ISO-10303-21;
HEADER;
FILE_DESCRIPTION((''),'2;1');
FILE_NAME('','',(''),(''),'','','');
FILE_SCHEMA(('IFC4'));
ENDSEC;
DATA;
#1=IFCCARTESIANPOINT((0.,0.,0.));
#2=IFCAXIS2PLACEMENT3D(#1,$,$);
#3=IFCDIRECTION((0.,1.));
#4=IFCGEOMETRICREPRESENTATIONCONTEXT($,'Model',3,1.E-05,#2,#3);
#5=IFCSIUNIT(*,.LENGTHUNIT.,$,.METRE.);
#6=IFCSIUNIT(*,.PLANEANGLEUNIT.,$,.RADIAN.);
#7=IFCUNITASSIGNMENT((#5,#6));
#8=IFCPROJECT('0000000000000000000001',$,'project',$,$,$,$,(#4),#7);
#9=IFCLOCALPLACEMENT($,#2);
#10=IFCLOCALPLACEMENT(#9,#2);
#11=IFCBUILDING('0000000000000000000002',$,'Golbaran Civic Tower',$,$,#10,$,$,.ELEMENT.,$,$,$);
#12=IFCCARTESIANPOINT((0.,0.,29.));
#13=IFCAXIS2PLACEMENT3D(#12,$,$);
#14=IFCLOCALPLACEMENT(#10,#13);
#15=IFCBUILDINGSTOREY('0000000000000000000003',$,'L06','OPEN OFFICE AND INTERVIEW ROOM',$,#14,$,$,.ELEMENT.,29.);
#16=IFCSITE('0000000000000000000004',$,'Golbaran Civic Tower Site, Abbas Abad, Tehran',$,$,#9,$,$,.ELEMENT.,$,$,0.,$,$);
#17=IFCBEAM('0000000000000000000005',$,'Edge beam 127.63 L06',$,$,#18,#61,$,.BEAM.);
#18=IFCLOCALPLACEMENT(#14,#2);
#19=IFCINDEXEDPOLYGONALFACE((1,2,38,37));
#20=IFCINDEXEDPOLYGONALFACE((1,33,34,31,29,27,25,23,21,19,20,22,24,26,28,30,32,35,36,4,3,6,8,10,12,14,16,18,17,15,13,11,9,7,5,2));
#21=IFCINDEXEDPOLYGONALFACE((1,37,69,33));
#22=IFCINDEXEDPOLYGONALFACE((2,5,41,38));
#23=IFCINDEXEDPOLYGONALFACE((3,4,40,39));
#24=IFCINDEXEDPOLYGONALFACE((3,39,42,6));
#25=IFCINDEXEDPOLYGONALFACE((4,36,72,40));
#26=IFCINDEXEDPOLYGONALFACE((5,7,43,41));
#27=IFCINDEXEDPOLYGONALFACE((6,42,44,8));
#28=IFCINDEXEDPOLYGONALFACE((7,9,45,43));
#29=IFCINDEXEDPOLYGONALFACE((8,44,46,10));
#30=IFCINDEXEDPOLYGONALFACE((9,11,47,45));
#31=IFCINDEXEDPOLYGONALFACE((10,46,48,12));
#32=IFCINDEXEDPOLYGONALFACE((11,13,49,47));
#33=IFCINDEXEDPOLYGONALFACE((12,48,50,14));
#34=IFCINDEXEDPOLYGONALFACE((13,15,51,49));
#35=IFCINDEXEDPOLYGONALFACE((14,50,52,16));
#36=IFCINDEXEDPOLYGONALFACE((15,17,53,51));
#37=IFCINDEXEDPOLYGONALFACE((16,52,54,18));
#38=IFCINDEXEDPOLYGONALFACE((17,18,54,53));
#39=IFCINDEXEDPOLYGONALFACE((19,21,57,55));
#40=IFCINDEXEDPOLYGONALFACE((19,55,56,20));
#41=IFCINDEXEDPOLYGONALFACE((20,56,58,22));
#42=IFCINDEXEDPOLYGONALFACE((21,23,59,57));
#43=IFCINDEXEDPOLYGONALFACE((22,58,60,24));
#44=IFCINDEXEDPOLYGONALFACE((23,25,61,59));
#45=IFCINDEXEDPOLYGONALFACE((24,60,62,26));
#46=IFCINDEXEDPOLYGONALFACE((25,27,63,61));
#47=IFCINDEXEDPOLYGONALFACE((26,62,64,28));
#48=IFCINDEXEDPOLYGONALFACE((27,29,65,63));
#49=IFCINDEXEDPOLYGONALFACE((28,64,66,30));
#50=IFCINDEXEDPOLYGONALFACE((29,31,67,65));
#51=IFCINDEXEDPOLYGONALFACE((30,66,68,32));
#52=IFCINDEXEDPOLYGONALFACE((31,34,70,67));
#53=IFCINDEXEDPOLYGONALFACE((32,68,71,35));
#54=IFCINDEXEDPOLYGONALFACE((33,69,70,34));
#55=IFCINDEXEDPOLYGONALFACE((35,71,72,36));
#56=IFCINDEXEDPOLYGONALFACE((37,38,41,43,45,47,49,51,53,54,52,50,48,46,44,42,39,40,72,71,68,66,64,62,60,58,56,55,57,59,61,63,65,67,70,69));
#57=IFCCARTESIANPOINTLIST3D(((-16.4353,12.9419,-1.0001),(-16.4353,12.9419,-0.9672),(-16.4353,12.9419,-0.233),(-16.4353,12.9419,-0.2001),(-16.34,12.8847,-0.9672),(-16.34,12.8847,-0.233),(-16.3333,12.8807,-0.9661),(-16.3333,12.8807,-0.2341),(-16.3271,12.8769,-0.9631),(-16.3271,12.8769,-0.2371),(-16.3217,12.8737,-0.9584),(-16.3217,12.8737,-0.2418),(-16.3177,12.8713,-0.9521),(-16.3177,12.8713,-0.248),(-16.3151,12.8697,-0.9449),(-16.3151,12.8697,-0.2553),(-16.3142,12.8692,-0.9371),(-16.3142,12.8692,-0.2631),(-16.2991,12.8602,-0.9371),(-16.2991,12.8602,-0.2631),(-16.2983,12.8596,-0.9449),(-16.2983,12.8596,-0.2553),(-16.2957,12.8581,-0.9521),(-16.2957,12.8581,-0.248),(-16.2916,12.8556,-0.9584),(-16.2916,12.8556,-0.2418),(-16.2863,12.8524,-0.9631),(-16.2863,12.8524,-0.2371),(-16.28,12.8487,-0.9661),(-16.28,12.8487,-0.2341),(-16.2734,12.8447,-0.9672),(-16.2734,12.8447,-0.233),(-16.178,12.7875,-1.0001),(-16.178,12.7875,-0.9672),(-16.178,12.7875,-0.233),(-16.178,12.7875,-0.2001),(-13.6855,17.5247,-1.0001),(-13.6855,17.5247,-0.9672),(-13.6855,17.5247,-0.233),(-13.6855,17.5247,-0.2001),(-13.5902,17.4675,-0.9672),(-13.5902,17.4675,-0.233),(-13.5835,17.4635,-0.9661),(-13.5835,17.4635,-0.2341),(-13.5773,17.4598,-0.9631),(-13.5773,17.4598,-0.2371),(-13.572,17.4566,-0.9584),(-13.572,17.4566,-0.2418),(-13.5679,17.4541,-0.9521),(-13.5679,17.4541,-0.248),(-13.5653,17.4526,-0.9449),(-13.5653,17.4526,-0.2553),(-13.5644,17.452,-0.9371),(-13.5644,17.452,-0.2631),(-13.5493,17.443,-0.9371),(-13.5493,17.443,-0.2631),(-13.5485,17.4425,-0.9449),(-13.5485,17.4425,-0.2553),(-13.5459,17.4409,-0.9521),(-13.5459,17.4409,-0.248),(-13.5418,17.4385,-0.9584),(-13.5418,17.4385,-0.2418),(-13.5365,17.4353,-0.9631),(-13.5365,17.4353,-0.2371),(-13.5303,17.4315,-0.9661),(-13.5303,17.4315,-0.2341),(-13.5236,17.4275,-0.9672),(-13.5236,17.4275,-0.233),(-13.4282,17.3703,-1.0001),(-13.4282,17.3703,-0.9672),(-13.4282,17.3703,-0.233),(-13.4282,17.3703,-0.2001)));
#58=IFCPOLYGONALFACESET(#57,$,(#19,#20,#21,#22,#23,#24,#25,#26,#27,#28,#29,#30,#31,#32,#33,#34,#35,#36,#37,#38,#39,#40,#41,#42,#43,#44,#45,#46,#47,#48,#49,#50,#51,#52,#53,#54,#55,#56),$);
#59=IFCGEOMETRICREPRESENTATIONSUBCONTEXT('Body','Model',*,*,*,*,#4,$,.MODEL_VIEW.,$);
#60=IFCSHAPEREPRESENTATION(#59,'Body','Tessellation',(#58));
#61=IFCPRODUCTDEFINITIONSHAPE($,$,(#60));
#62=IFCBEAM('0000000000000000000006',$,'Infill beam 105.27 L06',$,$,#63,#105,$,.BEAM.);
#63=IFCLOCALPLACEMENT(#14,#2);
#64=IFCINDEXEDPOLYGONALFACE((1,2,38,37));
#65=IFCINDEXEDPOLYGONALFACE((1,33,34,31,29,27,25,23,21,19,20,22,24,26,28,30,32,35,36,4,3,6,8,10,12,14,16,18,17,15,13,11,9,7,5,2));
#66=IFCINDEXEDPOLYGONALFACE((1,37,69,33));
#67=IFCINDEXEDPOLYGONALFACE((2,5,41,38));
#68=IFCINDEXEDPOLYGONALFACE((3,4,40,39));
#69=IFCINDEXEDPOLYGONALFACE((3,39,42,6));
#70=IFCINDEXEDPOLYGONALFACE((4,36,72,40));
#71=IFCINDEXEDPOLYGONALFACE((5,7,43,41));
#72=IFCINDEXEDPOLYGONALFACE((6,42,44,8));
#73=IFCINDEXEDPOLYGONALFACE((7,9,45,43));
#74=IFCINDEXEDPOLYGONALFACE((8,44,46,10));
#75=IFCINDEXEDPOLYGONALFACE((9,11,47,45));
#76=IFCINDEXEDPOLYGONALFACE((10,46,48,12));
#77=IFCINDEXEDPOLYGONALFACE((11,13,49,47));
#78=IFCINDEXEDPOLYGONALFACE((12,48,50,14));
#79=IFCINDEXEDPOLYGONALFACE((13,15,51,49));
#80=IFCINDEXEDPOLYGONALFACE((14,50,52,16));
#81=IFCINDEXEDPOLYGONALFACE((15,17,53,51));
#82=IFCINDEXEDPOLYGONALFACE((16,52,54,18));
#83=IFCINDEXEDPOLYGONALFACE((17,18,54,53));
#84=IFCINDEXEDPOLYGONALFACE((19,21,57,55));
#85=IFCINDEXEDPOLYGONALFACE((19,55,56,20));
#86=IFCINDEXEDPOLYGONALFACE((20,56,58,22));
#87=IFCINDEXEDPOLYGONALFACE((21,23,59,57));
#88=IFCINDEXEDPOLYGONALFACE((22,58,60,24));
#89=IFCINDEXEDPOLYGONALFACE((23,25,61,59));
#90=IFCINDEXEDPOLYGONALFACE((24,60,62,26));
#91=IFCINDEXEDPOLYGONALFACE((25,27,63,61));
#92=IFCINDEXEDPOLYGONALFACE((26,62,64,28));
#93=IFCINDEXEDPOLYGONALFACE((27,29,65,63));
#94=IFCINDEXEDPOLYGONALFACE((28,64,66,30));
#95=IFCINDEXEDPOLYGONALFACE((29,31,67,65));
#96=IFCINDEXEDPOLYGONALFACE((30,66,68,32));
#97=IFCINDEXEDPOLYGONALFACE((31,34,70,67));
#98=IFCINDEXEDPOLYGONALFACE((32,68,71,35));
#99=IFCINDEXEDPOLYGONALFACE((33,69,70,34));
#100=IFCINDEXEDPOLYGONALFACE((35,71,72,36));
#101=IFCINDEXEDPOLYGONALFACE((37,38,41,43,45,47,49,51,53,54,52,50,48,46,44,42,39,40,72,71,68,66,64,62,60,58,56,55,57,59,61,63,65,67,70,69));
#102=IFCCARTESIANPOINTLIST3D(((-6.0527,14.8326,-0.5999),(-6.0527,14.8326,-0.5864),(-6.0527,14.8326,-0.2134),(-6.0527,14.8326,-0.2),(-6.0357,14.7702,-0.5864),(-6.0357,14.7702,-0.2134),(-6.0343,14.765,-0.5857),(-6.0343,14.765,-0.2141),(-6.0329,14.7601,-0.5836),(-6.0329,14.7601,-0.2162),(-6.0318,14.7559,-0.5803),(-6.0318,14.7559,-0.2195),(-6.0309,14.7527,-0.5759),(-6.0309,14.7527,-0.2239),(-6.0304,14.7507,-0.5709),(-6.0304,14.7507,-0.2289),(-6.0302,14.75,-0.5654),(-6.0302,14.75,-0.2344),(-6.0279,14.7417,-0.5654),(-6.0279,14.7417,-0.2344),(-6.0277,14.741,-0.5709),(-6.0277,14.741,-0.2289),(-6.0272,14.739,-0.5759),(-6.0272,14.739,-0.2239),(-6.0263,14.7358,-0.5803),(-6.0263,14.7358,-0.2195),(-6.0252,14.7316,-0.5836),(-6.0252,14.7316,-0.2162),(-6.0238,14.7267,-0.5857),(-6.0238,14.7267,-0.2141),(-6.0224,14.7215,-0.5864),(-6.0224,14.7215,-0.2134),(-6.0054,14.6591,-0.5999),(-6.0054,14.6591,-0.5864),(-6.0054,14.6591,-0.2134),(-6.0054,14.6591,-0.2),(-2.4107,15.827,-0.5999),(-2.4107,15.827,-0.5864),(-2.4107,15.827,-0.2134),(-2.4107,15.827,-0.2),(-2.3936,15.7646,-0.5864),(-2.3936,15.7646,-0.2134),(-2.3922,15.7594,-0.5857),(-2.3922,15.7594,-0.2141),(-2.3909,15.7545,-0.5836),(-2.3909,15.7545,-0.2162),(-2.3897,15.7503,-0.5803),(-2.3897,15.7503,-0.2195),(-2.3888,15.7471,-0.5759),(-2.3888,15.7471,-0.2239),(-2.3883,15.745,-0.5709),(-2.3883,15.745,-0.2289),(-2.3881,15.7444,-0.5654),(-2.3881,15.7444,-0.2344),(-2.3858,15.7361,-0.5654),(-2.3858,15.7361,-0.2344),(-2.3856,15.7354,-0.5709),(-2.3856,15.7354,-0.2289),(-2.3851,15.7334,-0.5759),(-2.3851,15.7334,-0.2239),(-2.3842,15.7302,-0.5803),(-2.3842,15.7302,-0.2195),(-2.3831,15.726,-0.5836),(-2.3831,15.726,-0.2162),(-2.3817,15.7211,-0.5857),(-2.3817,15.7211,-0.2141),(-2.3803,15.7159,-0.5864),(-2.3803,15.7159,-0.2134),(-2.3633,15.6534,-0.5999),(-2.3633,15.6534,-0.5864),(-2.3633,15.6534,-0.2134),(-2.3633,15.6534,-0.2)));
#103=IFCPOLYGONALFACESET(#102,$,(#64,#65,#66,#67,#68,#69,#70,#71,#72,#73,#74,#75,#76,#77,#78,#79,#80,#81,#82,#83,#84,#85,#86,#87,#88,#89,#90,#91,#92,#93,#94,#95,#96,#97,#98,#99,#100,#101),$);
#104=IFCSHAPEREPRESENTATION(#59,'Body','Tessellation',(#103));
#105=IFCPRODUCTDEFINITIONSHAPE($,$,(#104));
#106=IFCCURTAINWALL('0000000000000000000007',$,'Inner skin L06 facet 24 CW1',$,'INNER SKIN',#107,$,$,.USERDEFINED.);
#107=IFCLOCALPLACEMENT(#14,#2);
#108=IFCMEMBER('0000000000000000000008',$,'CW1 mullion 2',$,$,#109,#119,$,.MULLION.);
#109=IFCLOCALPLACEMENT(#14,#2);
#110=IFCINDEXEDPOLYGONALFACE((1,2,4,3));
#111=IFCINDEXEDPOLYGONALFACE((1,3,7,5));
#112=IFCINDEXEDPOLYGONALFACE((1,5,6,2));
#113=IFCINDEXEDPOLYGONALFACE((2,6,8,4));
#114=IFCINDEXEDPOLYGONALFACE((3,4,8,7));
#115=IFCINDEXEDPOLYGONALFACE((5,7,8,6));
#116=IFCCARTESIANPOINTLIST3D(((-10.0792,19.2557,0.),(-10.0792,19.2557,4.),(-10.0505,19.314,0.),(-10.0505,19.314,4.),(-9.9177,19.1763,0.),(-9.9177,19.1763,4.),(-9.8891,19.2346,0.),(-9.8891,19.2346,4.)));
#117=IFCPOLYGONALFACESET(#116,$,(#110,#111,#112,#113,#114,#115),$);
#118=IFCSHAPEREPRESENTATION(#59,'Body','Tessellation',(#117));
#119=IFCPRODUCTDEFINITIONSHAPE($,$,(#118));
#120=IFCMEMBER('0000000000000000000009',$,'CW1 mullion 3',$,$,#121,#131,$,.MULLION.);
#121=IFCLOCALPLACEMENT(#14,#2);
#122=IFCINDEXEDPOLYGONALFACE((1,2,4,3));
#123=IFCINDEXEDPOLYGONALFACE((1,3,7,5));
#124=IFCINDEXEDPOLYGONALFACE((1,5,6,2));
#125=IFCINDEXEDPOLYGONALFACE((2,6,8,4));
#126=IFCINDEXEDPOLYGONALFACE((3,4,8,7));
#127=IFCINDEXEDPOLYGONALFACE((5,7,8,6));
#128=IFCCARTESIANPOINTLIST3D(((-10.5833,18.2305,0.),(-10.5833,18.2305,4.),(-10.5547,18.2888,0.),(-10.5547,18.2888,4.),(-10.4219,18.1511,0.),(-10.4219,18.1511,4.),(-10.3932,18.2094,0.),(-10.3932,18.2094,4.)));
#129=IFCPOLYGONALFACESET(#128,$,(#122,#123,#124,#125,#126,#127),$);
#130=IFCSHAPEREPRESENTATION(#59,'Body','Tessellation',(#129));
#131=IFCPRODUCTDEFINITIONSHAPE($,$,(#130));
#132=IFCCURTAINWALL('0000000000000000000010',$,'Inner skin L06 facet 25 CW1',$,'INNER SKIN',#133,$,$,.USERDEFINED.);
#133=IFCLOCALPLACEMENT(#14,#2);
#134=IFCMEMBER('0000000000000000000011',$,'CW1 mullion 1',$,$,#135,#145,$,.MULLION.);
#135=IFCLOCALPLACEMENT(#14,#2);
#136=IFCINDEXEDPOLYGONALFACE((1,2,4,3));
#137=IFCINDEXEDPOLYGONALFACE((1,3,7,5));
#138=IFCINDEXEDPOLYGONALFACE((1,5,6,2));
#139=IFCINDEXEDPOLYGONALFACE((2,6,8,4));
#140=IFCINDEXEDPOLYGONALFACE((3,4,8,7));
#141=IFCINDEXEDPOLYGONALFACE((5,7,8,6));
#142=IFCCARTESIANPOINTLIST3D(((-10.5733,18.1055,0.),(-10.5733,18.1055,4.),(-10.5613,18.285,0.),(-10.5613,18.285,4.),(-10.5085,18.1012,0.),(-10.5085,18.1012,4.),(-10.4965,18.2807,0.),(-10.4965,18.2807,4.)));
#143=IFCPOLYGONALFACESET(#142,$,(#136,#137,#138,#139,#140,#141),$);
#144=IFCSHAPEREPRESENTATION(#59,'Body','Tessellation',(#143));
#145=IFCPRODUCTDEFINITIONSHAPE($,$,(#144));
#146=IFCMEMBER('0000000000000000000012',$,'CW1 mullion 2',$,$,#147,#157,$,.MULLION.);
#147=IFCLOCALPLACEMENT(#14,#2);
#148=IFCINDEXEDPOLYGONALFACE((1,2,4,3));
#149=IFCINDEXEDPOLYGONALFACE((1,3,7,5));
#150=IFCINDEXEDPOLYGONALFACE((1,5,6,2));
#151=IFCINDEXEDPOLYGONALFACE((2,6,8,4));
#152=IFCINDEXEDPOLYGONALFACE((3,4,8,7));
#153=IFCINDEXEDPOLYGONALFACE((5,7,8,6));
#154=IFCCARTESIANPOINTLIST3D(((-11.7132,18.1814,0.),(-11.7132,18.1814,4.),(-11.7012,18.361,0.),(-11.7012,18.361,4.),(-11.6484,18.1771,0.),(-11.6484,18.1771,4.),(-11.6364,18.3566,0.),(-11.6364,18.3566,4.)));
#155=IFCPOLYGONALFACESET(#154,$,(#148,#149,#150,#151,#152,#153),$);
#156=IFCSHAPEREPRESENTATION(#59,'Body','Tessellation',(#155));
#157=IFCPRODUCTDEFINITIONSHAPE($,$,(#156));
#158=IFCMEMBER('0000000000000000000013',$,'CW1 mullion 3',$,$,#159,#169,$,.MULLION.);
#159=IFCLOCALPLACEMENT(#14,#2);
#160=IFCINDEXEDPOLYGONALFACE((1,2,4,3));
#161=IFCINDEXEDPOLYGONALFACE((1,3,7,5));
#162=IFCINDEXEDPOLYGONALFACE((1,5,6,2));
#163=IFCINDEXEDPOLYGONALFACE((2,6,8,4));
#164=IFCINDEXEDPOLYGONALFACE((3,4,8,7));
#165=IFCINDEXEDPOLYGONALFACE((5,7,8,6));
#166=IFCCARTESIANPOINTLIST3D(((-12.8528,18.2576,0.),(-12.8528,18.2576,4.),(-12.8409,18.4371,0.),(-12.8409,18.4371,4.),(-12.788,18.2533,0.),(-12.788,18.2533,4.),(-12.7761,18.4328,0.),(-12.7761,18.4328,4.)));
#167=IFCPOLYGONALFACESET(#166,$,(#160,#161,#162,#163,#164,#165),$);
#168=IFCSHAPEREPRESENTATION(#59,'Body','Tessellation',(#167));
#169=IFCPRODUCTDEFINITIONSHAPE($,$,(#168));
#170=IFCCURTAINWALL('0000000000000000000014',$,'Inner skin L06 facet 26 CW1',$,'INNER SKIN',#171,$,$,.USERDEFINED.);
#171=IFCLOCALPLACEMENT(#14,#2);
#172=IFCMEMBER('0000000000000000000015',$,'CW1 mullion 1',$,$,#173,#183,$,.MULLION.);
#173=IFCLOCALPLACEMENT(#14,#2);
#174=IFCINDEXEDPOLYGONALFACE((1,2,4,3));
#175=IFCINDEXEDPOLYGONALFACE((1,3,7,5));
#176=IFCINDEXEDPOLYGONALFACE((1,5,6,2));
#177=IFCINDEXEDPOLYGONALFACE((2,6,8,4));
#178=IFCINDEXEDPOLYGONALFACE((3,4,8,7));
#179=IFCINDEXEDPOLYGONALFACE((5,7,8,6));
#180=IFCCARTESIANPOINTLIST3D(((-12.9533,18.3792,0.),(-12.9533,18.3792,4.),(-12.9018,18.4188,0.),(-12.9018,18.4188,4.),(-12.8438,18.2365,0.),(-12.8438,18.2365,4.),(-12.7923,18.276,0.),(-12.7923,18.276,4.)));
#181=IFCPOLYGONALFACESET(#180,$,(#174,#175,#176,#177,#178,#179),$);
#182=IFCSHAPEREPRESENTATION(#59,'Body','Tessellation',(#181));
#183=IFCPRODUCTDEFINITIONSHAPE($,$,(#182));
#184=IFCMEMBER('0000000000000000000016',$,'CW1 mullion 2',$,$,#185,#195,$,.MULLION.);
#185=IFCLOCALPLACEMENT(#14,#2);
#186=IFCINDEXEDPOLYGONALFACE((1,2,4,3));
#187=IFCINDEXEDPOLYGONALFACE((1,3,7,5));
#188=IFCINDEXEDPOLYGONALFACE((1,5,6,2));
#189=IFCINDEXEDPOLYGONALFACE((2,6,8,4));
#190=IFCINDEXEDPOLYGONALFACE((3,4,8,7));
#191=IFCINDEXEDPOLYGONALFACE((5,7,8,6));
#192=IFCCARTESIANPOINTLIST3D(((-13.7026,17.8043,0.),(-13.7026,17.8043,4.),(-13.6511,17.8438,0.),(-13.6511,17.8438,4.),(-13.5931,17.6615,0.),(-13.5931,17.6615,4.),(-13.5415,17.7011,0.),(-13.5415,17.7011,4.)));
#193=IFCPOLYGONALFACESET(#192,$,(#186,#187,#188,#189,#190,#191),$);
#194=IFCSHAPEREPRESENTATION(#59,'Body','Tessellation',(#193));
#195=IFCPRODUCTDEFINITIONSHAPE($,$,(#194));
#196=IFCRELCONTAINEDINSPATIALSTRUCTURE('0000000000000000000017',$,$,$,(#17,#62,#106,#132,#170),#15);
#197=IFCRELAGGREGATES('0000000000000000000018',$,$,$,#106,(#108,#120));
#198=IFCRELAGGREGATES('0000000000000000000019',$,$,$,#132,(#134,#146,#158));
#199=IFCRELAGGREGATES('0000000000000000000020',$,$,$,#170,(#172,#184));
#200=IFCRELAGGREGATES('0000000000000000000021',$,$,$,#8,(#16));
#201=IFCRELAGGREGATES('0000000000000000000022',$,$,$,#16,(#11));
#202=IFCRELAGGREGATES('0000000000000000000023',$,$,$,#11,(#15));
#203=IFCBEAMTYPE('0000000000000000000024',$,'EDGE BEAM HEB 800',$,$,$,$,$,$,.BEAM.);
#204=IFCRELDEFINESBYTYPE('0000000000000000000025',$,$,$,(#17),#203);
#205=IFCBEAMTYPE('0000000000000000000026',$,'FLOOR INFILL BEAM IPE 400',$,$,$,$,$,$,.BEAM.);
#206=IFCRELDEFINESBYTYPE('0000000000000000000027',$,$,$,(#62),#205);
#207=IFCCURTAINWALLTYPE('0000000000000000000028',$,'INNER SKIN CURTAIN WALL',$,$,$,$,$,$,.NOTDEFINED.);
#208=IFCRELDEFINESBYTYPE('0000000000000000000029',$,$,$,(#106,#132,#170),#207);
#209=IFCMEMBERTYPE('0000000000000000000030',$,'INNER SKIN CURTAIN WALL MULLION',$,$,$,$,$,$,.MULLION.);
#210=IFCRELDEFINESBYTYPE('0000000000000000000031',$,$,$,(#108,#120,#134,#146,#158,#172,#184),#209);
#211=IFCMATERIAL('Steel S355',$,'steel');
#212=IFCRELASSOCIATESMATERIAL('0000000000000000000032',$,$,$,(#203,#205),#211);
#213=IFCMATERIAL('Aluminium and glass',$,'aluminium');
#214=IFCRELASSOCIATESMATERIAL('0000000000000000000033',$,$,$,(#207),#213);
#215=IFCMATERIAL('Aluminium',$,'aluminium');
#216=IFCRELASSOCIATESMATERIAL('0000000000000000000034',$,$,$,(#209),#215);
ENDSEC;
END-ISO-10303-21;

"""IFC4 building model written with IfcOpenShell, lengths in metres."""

from ifc_helpers import new_model, si_unit, direction, frame, origin, origin_2d, place, context, subcontext, project, spatial, rectangle, i_section, extrude, material, material_profile, profile_set, type_object, element, aggregate, save


model = new_model("IFC4")

# Units and contexts
model_context = context("Model", 3, precision=1e-05, world=origin(), true_north=direction((0.0, 1.0)))
body_context = subcontext(model_context, "Body", "Model", "MODEL_VIEW")
ifc_project = project(units=[si_unit("LENGTHUNIT", "METRE"), si_unit("PLANEANGLEUNIT", "RADIAN")], contexts=[model_context])

# Site, building, storey
site_placement = place(None, origin())
site = spatial("IfcSite", under=ifc_project, at=site_placement, Name="Golbaran Civic Tower Site, Abbas Abad, Tehran", CompositionType="ELEMENT", RefElevation=0.0)
building_placement = place(site_placement, origin())
building = spatial("IfcBuilding", under=site, at=building_placement, Name="Golbaran Civic Tower", CompositionType="ELEMENT")
storey_placement = place(building_placement, frame((0.0, 0.0, 29.0)))
storey = spatial("IfcBuildingStorey", under=building, at=storey_placement, Name="L06", Description="OPEN OFFICE AND INTERVIEW ROOM", CompositionType="ELEMENT", Elevation=29.0)

# Beams
ifc_material_1 = material(Name="Steel S355", Category="steel")
ifc_material_profile_1 = material_profile(ifc_material_1, i_section(OverallWidth=0.3, OverallDepth=0.8, WebThickness=0.0176, FlangeThickness=0.033, FilletRadius=0.03, at=origin_2d()), Name="HEB 800")
ifc_profile_set_1 = profile_set([ifc_material_profile_1], Name="Steel S355")
beam_type_1 = type_object("IfcBeamType", Name="EDGE BEAM HEB 800", PredefinedType="BEAM", material=ifc_profile_set_1)
beam_1_placement = place(storey_placement, frame((-13.5569, 17.4475, -0.6001), z_axis=(-0.514509, -0.857485, 0.0), x_axis=(0.857485, -0.514509, 0.0)))
element("IfcBeam", 1, at=beam_1_placement, inside=storey, type_object=beam_type_1, Name="Edge beam 127.63 L06", PredefinedType="BEAM", context=body_context, shape_type="SweptSolid", body=[
    extrude(i_section(OverallWidth=0.3, OverallDepth=0.8, WebThickness=0.0176, FlangeThickness=0.033, FilletRadius=0.03, at=origin_2d()), origin(), (0.0, 0.0, 1.0), 5.3445),
])
ifc_material_profile_2 = material_profile(ifc_material_1, i_section(OverallWidth=0.1799, OverallDepth=0.3999, WebThickness=0.0085, FlangeThickness=0.0134, FilletRadius=0.021, at=origin_2d()), Name="IPE 400")
ifc_profile_set_2 = profile_set([ifc_material_profile_2], Name="Steel S355")
beam_type_2 = type_object("IfcBeamType", Name="FLOOR INFILL BEAM IPE 400", PredefinedType="BEAM", material=ifc_profile_set_2)
beam_2_placement = place(storey_placement, frame((-2.387, 15.7402, -0.3999), z_axis=(-0.964691, -0.263386, 0.0), x_axis=(0.263386, -0.964691, 0.0)))
element("IfcBeam", 2, at=beam_2_placement, inside=storey, type_object=beam_type_2, Name="Infill beam 105.27 L06", PredefinedType="BEAM", context=body_context, shape_type="SweptSolid", body=[
    extrude(i_section(OverallWidth=0.1799, OverallDepth=0.3999, WebThickness=0.0085, FlangeThickness=0.0134, FilletRadius=0.021, at=origin_2d()), origin(), (0.0, 0.0, 1.0), 3.7754),
])

# Curtain walls, members
ifc_material_2 = material(Name="Aluminium and glass", Category="aluminium")
curtain_wall_type = type_object("IfcCurtainWallType", Name="INNER SKIN CURTAIN WALL", PredefinedType="NOTDEFINED", material=ifc_material_2)
curtain_wall_1_placement = place(storey_placement, origin())
curtain_wall_1 = element("IfcCurtainWall", 3, at=curtain_wall_1_placement, inside=storey, type_object=curtain_wall_type, Name="Inner skin L06 facet 24 CW1", ObjectType="INNER SKIN", PredefinedType="USERDEFINED")
ifc_material_3 = material(Name="Aluminium", Category="aluminium")
ifc_material_profile_3 = material_profile(ifc_material_3, rectangle(XDim=0.1799, YDim=0.0649, at=origin_2d()), Name="INNER SKIN CURTAIN WALL MULLION")
ifc_profile_set_3 = profile_set([ifc_material_profile_3], Name="Aluminium")
member_type_1 = type_object("IfcMemberType", Name="INNER SKIN CURTAIN WALL MULLION", PredefinedType="MULLION", material=ifc_profile_set_3)
member_1_placement = place(storey_placement, frame((-9.9841, 19.2451, 0.0), z_axis=(0.0, 0.0, 1.0), x_axis=(0.897405, -0.441207, 0.0)))
member_1 = element("IfcMember", 4, at=member_1_placement, type_object=member_type_1, Name="CW1 mullion 2", PredefinedType="MULLION", context=body_context, shape_type="SweptSolid", body=[
    extrude(rectangle(XDim=0.1799, YDim=0.0649, at=origin_2d()), origin(), (0.0, 0.0, 1.0), 4.0),
])
member_2_placement = place(storey_placement, frame((-10.4883, 18.22, 0.0), z_axis=(0.0, 0.0, 1.0), x_axis=(0.897405, -0.441207, 0.0)))
member_2 = element("IfcMember", 5, at=member_2_placement, type_object=member_type_1, Name="CW1 mullion 3", PredefinedType="MULLION", context=body_context, shape_type="SweptSolid", body=[
    extrude(rectangle(XDim=0.1799, YDim=0.0649, at=origin_2d()), origin(), (0.0, 0.0, 1.0), 4.0),
])
curtain_wall_2_placement = place(storey_placement, origin())
curtain_wall_2 = element("IfcCurtainWall", 6, at=curtain_wall_2_placement, inside=storey, type_object=curtain_wall_type, Name="Inner skin L06 facet 25 CW1", ObjectType="INNER SKIN", PredefinedType="USERDEFINED")
member_3_placement = place(storey_placement, frame((-10.5349, 18.1931, 0.0), z_axis=(0.0, 0.0, 1.0), x_axis=(-0.066606, -0.997779, 0.0)))
member_3 = element("IfcMember", 7, at=member_3_placement, type_object=member_type_1, Name="CW1 mullion 1", PredefinedType="MULLION", context=body_context, shape_type="SweptSolid", body=[
    extrude(rectangle(XDim=0.1799, YDim=0.0649, at=origin_2d()), origin(), (0.0, 0.0, 1.0), 4.0),
])
member_4_placement = place(storey_placement, frame((-11.6748, 18.269, 0.0), z_axis=(0.0, 0.0, 1.0), x_axis=(-0.066606, -0.997779, 0.0)))
member_4 = element("IfcMember", 8, at=member_4_placement, type_object=member_type_1, Name="CW1 mullion 2", PredefinedType="MULLION", context=body_context, shape_type="SweptSolid", body=[
    extrude(rectangle(XDim=0.1799, YDim=0.0649, at=origin_2d()), origin(), (0.0, 0.0, 1.0), 4.0),
])
member_5_placement = place(storey_placement, frame((-12.8145, 18.3452, 0.0), z_axis=(0.0, 0.0, 1.0), x_axis=(-0.066606, -0.997779, 0.0)))
member_5 = element("IfcMember", 9, at=member_5_placement, type_object=member_type_1, Name="CW1 mullion 3", PredefinedType="MULLION", context=body_context, shape_type="SweptSolid", body=[
    extrude(rectangle(XDim=0.1799, YDim=0.0649, at=origin_2d()), origin(), (0.0, 0.0, 1.0), 4.0),
])
curtain_wall_3_placement = place(storey_placement, origin())
curtain_wall_3 = element("IfcCurtainWall", 10, at=curtain_wall_3_placement, inside=storey, type_object=curtain_wall_type, Name="Inner skin L06 facet 26 CW1", ObjectType="INNER SKIN", PredefinedType="USERDEFINED")
member_6_placement = place(storey_placement, frame((-12.8728, 18.3276, 0.0), z_axis=(0.0, 0.0, 1.0), x_axis=(0.608761, -0.793353, 0.0)))
member_6 = element("IfcMember", 11, at=member_6_placement, type_object=member_type_1, Name="CW1 mullion 1", PredefinedType="MULLION", context=body_context, shape_type="SweptSolid", body=[
    extrude(rectangle(XDim=0.1799, YDim=0.0649, at=origin_2d()), origin(), (0.0, 0.0, 1.0), 4.0),
])
member_7_placement = place(storey_placement, frame((-13.6221, 17.7527, 0.0), z_axis=(0.0, 0.0, 1.0), x_axis=(0.608761, -0.793353, 0.0)))
member_7 = element("IfcMember", 12, at=member_7_placement, type_object=member_type_1, Name="CW1 mullion 2", PredefinedType="MULLION", context=body_context, shape_type="SweptSolid", body=[
    extrude(rectangle(XDim=0.1799, YDim=0.0649, at=origin_2d()), origin(), (0.0, 0.0, 1.0), 4.0),
])

aggregate(curtain_wall_1, [member_1, member_2])
aggregate(curtain_wall_2, [member_3, member_4, member_5])
aggregate(curtain_wall_3, [member_6, member_7])

save(model, "model.ifc")
